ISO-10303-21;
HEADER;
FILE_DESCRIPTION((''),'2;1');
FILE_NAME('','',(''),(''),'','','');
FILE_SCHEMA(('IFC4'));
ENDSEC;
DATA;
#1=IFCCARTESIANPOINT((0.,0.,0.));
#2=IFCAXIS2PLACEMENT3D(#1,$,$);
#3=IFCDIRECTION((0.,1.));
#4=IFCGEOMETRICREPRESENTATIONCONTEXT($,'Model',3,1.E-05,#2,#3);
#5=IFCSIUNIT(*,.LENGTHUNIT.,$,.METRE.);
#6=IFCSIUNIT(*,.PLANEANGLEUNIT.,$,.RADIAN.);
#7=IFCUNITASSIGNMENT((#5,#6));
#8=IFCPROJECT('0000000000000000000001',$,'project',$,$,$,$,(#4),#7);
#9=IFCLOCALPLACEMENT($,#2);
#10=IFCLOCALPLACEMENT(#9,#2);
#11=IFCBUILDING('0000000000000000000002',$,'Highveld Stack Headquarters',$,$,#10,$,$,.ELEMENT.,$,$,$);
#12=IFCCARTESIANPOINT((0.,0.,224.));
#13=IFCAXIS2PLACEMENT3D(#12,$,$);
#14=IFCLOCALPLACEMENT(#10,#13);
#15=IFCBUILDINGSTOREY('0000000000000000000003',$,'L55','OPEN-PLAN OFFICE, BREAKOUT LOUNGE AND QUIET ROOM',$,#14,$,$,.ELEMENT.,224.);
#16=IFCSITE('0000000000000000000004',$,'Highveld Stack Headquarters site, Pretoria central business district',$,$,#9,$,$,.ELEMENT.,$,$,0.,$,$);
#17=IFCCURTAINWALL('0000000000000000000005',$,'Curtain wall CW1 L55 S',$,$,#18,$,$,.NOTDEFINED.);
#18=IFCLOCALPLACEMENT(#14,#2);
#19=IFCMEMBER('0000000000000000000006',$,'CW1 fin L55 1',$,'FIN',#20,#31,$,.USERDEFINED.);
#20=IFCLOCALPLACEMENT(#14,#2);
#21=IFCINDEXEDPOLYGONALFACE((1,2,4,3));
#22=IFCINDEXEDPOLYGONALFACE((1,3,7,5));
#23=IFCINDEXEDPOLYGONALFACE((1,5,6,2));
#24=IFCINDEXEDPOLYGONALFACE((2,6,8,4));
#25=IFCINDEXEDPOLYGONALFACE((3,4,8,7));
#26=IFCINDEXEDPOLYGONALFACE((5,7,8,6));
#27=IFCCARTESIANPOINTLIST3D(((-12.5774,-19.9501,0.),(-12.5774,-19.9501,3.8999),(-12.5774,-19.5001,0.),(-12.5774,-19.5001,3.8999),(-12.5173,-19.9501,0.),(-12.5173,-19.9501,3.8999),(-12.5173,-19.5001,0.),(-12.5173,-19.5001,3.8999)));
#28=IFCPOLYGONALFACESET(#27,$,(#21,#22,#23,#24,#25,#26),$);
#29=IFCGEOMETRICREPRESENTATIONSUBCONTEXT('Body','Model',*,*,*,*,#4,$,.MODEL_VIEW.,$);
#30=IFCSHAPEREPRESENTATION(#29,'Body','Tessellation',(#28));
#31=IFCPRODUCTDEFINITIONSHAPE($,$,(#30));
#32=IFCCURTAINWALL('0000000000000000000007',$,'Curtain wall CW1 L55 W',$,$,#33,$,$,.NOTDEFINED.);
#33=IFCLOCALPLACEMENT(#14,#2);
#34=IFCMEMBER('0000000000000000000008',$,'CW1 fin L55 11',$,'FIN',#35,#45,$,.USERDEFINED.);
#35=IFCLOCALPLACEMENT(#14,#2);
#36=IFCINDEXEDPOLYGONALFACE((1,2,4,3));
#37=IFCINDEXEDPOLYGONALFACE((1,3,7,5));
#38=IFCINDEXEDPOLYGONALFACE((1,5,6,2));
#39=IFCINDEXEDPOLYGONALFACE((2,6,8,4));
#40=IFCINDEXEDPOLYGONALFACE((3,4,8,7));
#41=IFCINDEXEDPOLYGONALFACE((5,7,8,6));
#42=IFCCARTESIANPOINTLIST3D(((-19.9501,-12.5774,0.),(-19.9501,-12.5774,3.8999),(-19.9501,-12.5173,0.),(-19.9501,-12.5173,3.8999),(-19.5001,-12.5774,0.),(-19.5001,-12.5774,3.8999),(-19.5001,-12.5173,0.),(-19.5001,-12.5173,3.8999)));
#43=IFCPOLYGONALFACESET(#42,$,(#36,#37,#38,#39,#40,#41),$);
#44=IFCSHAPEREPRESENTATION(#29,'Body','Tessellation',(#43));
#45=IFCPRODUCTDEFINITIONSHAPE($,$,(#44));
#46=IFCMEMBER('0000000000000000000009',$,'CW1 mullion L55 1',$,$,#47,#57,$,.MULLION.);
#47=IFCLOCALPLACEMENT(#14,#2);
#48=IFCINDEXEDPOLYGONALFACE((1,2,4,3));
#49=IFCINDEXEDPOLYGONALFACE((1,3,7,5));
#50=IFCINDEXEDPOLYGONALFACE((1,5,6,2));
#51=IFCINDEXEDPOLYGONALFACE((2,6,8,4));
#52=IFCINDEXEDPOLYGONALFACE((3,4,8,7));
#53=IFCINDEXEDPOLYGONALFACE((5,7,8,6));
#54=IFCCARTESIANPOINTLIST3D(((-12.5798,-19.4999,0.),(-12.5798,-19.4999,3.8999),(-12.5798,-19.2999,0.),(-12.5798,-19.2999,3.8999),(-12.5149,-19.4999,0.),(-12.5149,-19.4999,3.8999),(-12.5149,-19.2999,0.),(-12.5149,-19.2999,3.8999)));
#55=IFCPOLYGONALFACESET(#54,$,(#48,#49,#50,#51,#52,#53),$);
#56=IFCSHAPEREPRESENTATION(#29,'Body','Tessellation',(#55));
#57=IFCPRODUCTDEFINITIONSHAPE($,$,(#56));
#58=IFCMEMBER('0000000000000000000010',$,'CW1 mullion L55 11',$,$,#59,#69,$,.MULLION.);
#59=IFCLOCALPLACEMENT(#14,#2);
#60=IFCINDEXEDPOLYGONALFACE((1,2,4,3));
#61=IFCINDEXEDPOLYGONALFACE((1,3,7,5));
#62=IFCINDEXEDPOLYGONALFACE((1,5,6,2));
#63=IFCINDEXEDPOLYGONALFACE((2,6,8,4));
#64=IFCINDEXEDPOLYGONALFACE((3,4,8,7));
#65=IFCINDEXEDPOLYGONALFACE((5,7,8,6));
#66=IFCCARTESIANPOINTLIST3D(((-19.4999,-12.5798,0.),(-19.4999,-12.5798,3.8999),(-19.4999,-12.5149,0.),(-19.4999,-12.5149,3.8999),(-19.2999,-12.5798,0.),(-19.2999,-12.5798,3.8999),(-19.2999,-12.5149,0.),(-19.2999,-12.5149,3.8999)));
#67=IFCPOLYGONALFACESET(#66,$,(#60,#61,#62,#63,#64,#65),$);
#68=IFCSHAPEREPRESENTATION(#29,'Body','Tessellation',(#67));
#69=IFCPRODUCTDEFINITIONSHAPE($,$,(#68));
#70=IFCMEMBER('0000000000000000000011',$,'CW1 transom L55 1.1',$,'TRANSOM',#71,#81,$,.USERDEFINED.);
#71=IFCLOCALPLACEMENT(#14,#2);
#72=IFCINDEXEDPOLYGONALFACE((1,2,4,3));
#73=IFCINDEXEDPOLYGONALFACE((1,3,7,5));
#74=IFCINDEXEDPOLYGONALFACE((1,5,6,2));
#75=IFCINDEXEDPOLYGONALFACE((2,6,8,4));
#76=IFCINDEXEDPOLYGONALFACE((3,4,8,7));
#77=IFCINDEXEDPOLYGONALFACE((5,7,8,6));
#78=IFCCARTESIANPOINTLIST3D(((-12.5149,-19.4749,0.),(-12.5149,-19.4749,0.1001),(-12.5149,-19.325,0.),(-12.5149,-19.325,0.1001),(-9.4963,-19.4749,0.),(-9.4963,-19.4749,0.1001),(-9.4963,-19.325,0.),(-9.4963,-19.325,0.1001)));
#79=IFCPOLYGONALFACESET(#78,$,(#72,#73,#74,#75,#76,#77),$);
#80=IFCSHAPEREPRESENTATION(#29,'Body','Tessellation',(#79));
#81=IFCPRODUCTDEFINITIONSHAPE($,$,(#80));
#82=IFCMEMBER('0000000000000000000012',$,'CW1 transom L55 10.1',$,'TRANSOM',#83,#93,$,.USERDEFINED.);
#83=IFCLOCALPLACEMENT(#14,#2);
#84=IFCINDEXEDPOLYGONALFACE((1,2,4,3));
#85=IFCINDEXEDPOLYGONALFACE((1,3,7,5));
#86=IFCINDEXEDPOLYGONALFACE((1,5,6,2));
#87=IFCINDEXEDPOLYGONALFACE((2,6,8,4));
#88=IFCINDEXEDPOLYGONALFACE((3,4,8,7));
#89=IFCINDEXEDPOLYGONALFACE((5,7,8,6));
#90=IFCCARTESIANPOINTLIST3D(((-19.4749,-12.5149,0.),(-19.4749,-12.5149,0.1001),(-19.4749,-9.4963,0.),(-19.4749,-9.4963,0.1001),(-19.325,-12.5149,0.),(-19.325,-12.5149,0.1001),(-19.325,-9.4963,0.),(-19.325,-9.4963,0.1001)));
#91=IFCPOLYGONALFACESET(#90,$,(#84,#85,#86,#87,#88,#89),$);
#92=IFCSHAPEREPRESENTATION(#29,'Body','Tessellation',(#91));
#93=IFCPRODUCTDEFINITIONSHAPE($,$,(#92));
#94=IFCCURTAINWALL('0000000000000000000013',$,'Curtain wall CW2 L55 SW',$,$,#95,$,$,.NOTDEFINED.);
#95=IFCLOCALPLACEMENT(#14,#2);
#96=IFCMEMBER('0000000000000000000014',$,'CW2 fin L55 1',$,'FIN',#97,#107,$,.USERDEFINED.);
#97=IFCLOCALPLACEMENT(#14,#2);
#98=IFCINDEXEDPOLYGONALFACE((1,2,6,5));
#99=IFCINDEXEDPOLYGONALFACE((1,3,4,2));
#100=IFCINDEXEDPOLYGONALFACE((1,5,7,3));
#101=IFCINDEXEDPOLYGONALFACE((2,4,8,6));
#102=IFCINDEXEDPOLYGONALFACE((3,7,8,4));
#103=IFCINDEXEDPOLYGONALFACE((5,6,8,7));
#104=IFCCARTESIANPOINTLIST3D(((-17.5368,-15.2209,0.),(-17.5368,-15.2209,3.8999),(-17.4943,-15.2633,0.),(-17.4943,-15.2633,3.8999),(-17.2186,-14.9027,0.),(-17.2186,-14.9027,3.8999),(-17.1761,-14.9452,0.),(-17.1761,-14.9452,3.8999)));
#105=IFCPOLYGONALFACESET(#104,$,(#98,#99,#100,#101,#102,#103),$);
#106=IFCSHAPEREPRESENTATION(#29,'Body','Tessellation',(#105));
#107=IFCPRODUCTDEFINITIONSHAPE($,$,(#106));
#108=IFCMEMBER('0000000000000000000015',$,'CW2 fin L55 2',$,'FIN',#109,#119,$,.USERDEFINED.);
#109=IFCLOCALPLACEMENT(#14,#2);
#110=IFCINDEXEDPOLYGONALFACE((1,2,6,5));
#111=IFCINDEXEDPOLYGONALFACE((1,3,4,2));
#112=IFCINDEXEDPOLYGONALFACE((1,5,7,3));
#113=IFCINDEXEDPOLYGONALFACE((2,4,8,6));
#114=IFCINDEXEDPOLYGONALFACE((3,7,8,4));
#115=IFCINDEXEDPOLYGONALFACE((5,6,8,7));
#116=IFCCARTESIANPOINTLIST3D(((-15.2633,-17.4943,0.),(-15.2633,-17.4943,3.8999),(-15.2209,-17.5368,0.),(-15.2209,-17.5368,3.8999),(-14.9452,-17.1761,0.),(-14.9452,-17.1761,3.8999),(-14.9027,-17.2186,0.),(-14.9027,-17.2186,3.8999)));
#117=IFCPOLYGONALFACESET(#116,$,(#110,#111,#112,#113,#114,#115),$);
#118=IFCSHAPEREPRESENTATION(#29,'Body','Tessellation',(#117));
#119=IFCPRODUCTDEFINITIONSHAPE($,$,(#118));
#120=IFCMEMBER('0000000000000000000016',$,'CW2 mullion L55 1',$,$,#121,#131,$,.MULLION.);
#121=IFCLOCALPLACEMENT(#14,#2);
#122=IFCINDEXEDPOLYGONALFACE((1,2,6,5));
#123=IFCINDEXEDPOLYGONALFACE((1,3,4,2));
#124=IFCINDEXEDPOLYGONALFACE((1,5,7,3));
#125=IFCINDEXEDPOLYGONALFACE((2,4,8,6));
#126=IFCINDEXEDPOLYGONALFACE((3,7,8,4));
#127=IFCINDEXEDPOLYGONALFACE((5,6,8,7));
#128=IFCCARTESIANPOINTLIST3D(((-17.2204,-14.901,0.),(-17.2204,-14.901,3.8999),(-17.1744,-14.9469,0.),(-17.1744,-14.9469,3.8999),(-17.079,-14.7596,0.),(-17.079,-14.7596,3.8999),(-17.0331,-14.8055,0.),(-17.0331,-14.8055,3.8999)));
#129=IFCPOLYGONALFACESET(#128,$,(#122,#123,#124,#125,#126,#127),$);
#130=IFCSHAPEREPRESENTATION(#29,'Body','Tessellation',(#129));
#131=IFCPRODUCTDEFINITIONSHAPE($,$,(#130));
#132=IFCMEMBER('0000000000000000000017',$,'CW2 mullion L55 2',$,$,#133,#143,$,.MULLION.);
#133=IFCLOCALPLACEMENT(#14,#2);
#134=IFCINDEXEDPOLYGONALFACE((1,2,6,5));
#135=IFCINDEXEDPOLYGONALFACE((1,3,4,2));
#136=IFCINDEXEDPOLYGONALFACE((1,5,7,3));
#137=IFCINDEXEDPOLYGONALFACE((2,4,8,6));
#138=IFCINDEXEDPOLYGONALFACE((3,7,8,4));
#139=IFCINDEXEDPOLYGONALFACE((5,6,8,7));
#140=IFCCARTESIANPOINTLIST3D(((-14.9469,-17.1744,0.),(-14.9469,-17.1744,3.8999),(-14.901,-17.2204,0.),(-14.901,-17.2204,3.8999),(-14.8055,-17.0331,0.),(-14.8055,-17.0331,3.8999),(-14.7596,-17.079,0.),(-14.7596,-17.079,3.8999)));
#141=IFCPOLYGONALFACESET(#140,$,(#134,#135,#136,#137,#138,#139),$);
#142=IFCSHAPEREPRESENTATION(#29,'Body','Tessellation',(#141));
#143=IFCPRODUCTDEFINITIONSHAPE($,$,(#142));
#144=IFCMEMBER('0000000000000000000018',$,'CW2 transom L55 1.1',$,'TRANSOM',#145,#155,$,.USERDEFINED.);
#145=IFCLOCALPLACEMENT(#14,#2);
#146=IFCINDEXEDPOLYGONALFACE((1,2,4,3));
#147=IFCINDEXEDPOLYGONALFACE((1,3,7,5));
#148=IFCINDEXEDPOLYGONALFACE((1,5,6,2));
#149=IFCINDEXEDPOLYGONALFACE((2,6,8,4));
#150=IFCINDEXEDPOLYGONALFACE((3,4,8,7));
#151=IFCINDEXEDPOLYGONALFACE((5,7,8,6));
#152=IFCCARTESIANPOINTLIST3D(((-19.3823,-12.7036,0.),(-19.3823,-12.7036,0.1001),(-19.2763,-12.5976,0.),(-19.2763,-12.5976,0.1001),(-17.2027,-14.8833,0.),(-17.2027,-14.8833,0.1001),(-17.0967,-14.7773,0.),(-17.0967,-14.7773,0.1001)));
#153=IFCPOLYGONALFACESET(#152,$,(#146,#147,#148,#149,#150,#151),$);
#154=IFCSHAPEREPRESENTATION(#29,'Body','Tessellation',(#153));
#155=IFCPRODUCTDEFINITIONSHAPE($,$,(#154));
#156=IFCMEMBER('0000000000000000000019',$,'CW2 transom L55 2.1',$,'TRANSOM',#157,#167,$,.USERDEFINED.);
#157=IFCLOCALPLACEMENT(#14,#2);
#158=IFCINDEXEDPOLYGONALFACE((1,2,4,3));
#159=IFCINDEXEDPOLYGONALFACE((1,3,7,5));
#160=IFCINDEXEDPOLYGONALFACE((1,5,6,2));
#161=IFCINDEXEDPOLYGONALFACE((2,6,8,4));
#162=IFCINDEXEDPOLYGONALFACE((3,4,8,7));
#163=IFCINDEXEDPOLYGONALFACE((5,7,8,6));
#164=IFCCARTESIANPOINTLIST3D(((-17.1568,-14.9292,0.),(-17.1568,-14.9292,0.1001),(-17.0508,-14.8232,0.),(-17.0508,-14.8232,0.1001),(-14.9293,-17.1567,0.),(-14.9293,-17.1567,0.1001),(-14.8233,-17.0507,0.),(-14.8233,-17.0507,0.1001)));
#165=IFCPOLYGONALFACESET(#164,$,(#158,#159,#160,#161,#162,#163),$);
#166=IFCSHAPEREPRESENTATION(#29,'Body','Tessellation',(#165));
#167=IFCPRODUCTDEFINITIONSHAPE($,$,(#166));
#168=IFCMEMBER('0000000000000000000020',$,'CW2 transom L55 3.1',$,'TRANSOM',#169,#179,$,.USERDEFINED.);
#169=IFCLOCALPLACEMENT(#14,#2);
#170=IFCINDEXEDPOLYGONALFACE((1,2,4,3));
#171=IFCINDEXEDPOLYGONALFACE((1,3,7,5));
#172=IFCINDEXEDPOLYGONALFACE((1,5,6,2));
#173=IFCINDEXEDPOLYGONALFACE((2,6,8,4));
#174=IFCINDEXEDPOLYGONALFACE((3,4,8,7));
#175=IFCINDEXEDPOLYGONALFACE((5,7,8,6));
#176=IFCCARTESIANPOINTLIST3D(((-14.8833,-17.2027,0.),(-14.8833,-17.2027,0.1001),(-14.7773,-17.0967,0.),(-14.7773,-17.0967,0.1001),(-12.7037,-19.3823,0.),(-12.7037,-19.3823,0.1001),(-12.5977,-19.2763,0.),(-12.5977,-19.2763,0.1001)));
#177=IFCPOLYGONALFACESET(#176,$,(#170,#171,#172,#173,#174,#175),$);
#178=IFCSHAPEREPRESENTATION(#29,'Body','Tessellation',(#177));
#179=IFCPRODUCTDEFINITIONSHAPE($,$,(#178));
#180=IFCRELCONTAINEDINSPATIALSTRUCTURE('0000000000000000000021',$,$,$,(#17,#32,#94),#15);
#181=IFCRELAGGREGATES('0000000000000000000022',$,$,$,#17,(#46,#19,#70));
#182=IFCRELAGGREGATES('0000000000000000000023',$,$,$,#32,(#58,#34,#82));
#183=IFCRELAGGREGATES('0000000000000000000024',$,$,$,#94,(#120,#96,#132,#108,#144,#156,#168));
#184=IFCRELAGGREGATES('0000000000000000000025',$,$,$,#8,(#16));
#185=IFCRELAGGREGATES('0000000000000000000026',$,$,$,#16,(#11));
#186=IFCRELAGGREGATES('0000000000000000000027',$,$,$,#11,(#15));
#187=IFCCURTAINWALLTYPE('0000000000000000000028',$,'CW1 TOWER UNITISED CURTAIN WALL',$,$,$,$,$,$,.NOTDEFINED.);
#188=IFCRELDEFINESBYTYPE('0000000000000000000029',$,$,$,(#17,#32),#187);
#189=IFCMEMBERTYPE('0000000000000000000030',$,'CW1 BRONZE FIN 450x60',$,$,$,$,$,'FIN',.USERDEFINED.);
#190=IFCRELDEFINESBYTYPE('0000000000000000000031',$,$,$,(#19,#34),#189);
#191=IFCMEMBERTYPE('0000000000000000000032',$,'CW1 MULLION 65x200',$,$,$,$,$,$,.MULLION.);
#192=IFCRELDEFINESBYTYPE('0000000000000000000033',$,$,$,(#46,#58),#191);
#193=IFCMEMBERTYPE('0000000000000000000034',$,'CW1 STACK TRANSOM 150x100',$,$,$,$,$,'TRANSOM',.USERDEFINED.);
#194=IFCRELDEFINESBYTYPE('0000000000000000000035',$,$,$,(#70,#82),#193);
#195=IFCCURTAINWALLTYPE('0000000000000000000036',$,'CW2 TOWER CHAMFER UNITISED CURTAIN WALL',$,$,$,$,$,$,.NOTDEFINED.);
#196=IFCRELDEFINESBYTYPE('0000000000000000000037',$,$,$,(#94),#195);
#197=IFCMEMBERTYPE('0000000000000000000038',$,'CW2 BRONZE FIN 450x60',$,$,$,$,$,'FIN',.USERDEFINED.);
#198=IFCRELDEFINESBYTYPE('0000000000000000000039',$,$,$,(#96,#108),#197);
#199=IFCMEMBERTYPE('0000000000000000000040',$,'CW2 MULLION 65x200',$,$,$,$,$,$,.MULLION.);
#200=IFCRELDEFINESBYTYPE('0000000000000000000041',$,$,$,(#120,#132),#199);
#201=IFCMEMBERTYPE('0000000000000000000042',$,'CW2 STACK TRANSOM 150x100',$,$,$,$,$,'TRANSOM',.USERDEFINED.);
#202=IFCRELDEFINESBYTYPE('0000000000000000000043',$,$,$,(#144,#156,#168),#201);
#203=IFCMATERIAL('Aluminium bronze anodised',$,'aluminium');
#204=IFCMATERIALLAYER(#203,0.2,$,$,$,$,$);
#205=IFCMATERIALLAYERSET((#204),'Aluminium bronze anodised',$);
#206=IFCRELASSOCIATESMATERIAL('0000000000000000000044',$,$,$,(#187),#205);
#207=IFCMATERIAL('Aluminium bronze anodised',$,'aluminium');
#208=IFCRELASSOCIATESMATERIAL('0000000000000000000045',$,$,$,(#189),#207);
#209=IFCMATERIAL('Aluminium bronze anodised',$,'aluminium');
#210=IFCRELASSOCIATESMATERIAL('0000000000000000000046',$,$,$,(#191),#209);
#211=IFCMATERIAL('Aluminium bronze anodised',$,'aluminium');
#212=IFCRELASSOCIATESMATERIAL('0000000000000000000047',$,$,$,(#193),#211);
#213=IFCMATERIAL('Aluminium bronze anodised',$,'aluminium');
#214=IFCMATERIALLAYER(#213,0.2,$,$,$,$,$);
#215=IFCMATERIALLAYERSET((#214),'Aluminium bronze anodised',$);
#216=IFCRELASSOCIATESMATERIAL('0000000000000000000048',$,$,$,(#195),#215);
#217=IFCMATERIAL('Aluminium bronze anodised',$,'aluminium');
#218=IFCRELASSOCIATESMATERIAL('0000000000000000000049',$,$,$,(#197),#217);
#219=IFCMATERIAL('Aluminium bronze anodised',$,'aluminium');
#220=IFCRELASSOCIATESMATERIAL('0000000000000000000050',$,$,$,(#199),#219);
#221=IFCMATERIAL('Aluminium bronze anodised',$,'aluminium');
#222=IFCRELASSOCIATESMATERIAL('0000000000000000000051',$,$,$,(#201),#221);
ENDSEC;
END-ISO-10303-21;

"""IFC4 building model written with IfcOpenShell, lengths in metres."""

from ifc_helpers import new_model, si_unit, direction, frame, origin, origin_2d, place, context, subcontext, project, spatial, rectangle, extrude, material, layer, layer_set, material_profile, profile_set, type_object, element, aggregate, save


model = new_model("IFC4")

# Units and contexts
model_context = context("Model", 3, precision=1e-05, world=origin(), true_north=direction((0.0, 1.0)))
body_context = subcontext(model_context, "Body", "Model", "MODEL_VIEW")
ifc_project = project(units=[si_unit("LENGTHUNIT", "METRE"), si_unit("PLANEANGLEUNIT", "RADIAN")], contexts=[model_context])

# Site, building, storey
site_placement = place(None, origin())
site = spatial("IfcSite", under=ifc_project, at=site_placement, Name="Highveld Stack Headquarters site, Pretoria central business district", CompositionType="ELEMENT", RefElevation=0.0)
building_placement = place(site_placement, origin())
building = spatial("IfcBuilding", under=site, at=building_placement, Name="Highveld Stack Headquarters", CompositionType="ELEMENT")
storey_placement = place(building_placement, frame((0.0, 0.0, 224.0)))
storey = spatial("IfcBuildingStorey", under=building, at=storey_placement, Name="L55", Description="OPEN-PLAN OFFICE, BREAKOUT LOUNGE AND QUIET ROOM", CompositionType="ELEMENT", Elevation=224.0)

# Curtain walls, members
ifc_material_1 = material(Name="Aluminium bronze anodised", Category="aluminium")
ifc_layer_1 = layer(ifc_material_1, 0.2)
ifc_layer_set_1 = layer_set([ifc_layer_1], Name="Aluminium bronze anodised")
curtain_wall_type_1 = type_object("IfcCurtainWallType", Name="CW1 TOWER UNITISED CURTAIN WALL", PredefinedType="NOTDEFINED", material=ifc_layer_set_1)
curtain_wall_1_placement = place(storey_placement, origin())
curtain_wall_1 = element("IfcCurtainWall", 1, at=curtain_wall_1_placement, inside=storey, type_object=curtain_wall_type_1, Name="Curtain wall CW1 L55 S", PredefinedType="NOTDEFINED")
ifc_material_2 = material(Name="Aluminium bronze anodised", Category="aluminium")
ifc_material_profile_1 = material_profile(ifc_material_2, rectangle(XDim=0.45, YDim=0.0601, at=origin_2d()), Name="FIN 450x60")
ifc_profile_set_1 = profile_set([ifc_material_profile_1], Name="Aluminium bronze anodised")
member_type_1 = type_object("IfcMemberType", Name="CW1 BRONZE FIN 450x60", ElementType="FIN", PredefinedType="USERDEFINED", material=ifc_profile_set_1)
member_1_placement = place(storey_placement, frame((-12.5474, -19.7251, 0.0), z_axis=(0.0, 0.0, 1.0), x_axis=(0.0, 1.0, 0.0)))
member_1 = element("IfcMember", 2, at=member_1_placement, type_object=member_type_1, Name="CW1 fin L55 1", ObjectType="FIN", PredefinedType="USERDEFINED", context=body_context, shape_type="SweptSolid", body=[
    extrude(rectangle(XDim=0.45, YDim=0.0601, at=origin_2d()), origin(), (0.0, 0.0, 1.0), 3.8999),
])
curtain_wall_2_placement = place(storey_placement, origin())
curtain_wall_2 = element("IfcCurtainWall", 3, at=curtain_wall_2_placement, inside=storey, type_object=curtain_wall_type_1, Name="Curtain wall CW1 L55 W", PredefinedType="NOTDEFINED")
member_2_placement = place(storey_placement, frame((-19.7251, -12.5474, 0.0), z_axis=(0.0, 0.0, 1.0), x_axis=(1.0, 0.0, 0.0)))
member_2 = element("IfcMember", 4, at=member_2_placement, type_object=member_type_1, Name="CW1 fin L55 11", ObjectType="FIN", PredefinedType="USERDEFINED", context=body_context, shape_type="SweptSolid", body=[
    extrude(rectangle(XDim=0.45, YDim=0.0601, at=origin_2d()), origin(), (0.0, 0.0, 1.0), 3.8999),
])

# Members
ifc_material_3 = material(Name="Aluminium bronze anodised", Category="aluminium")
ifc_material_profile_2 = material_profile(ifc_material_3, rectangle(XDim=0.2, YDim=0.0649, at=origin_2d()), Name="CW1 MULLION 65x200")
ifc_profile_set_2 = profile_set([ifc_material_profile_2], Name="Aluminium bronze anodised")
member_type_2 = type_object("IfcMemberType", Name="CW1 MULLION 65x200", PredefinedType="MULLION", material=ifc_profile_set_2)
member_3_placement = place(storey_placement, frame((-12.5474, -19.3999, 0.0), z_axis=(0.0, 0.0, 1.0), x_axis=(0.0, 1.0, 0.0)))
member_3 = element("IfcMember", 5, at=member_3_placement, type_object=member_type_2, Name="CW1 mullion L55 1", PredefinedType="MULLION", context=body_context, shape_type="SweptSolid", body=[
    extrude(rectangle(XDim=0.2, YDim=0.0649, at=origin_2d()), origin(), (0.0, 0.0, 1.0), 3.8999),
])
member_4_placement = place(storey_placement, frame((-19.3999, -12.5474, 0.0), z_axis=(0.0, 0.0, 1.0), x_axis=(1.0, 0.0, 0.0)))
member_4 = element("IfcMember", 6, at=member_4_placement, type_object=member_type_2, Name="CW1 mullion L55 11", PredefinedType="MULLION", context=body_context, shape_type="SweptSolid", body=[
    extrude(rectangle(XDim=0.2, YDim=0.0649, at=origin_2d()), origin(), (0.0, 0.0, 1.0), 3.8999),
])
ifc_material_4 = material(Name="Aluminium bronze anodised", Category="aluminium")
ifc_material_profile_3 = material_profile(ifc_material_4, rectangle(XDim=0.1499, YDim=0.1001, at=origin_2d()), Name="CW1 TRANSOM 150x100")
ifc_profile_set_3 = profile_set([ifc_material_profile_3], Name="Aluminium bronze anodised")
member_type_3 = type_object("IfcMemberType", Name="CW1 STACK TRANSOM 150x100", ElementType="TRANSOM", PredefinedType="USERDEFINED", material=ifc_profile_set_3)
member_5_placement = place(storey_placement, frame((-12.5149, -19.3999, 0.05), z_axis=(1.0, 0.0, 0.0), x_axis=(0.0, 1.0, 0.0)))
member_5 = element("IfcMember", 7, at=member_5_placement, type_object=member_type_3, Name="CW1 transom L55 1.1", ObjectType="TRANSOM", PredefinedType="USERDEFINED", context=body_context, shape_type="SweptSolid", body=[
    extrude(rectangle(XDim=0.1499, YDim=0.1001, at=origin_2d()), origin(), (0.0, 0.0, 1.0), 3.0186),
])
aggregate(curtain_wall_1, [member_3, member_1, member_5])
member_6_placement = place(storey_placement, frame((-19.3999, -9.4963, 0.05), z_axis=(0.0, -1.0, 0.0), x_axis=(1.0, 0.0, 0.0)))
member_6 = element("IfcMember", 8, at=member_6_placement, type_object=member_type_3, Name="CW1 transom L55 10.1", ObjectType="TRANSOM", PredefinedType="USERDEFINED", context=body_context, shape_type="SweptSolid", body=[
    extrude(rectangle(XDim=0.1499, YDim=0.1001, at=origin_2d()), origin(), (0.0, 0.0, 1.0), 3.0186),
])

# Curtain wall, members
ifc_material_5 = material(Name="Aluminium bronze anodised", Category="aluminium")
ifc_layer_2 = layer(ifc_material_5, 0.2)
ifc_layer_set_2 = layer_set([ifc_layer_2], Name="Aluminium bronze anodised")
curtain_wall_type_2 = type_object("IfcCurtainWallType", Name="CW2 TOWER CHAMFER UNITISED CURTAIN WALL", PredefinedType="NOTDEFINED", material=ifc_layer_set_2)
curtain_wall_3_placement = place(storey_placement, origin())
curtain_wall_3 = element("IfcCurtainWall", 9, at=curtain_wall_3_placement, inside=storey, type_object=curtain_wall_type_2, Name="Curtain wall CW2 L55 SW", PredefinedType="NOTDEFINED")
ifc_material_6 = material(Name="Aluminium bronze anodised", Category="aluminium")
ifc_material_profile_4 = material_profile(ifc_material_6, rectangle(XDim=0.45, YDim=0.0601, at=origin_2d()), Name="FIN 450x60")
ifc_profile_set_4 = profile_set([ifc_material_profile_4], Name="Aluminium bronze anodised")
member_type_4 = type_object("IfcMemberType", Name="CW2 BRONZE FIN 450x60", ElementType="FIN", PredefinedType="USERDEFINED", material=ifc_profile_set_4)
member_7_placement = place(storey_placement, frame((-17.3564, -15.083, 0.0), z_axis=(0.0, 0.0, 1.0), x_axis=(0.707107, 0.707107, 0.0)))
member_7 = element("IfcMember", 10, at=member_7_placement, type_object=member_type_4, Name="CW2 fin L55 1", ObjectType="FIN", PredefinedType="USERDEFINED", context=body_context, shape_type="SweptSolid", body=[
    extrude(rectangle(XDim=0.45, YDim=0.0601, at=origin_2d()), origin(), (0.0, 0.0, 1.0), 3.8999),
])
member_8_placement = place(storey_placement, frame((-15.083, -17.3564, 0.0), z_axis=(0.0, 0.0, 1.0), x_axis=(0.707107, 0.707107, 0.0)))
member_8 = element("IfcMember", 11, at=member_8_placement, type_object=member_type_4, Name="CW2 fin L55 2", ObjectType="FIN", PredefinedType="USERDEFINED", context=body_context, shape_type="SweptSolid", body=[
    extrude(rectangle(XDim=0.45, YDim=0.0601, at=origin_2d()), origin(), (0.0, 0.0, 1.0), 3.8999),
])
ifc_material_7 = material(Name="Aluminium bronze anodised", Category="aluminium")
ifc_material_profile_5 = material_profile(ifc_material_7, rectangle(XDim=0.2, YDim=0.0649, at=origin_2d()), Name="CW2 MULLION 65x200")
ifc_profile_set_5 = profile_set([ifc_material_profile_5], Name="Aluminium bronze anodised")
member_type_5 = type_object("IfcMemberType", Name="CW2 MULLION 65x200", PredefinedType="MULLION", material=ifc_profile_set_5)
member_9_placement = place(storey_placement, frame((-17.1267, -14.8533, 0.0), z_axis=(0.0, 0.0, 1.0), x_axis=(0.707107, 0.707107, 0.0)))
member_9 = element("IfcMember", 12, at=member_9_placement, type_object=member_type_5, Name="CW2 mullion L55 1", PredefinedType="MULLION", context=body_context, shape_type="SweptSolid", body=[
    extrude(rectangle(XDim=0.2, YDim=0.0649, at=origin_2d()), origin(), (0.0, 0.0, 1.0), 3.8999),
])
member_10_placement = place(storey_placement, frame((-14.8533, -17.1267, 0.0), z_axis=(0.0, 0.0, 1.0), x_axis=(0.707107, 0.707107, 0.0)))
member_10 = element("IfcMember", 13, at=member_10_placement, type_object=member_type_5, Name="CW2 mullion L55 2", PredefinedType="MULLION", context=body_context, shape_type="SweptSolid", body=[
    extrude(rectangle(XDim=0.2, YDim=0.0649, at=origin_2d()), origin(), (0.0, 0.0, 1.0), 3.8999),
])
ifc_material_8 = material(Name="Aluminium bronze anodised", Category="aluminium")
ifc_material_profile_6 = material_profile(ifc_material_8, rectangle(XDim=0.1499, YDim=0.1001, at=origin_2d()), Name="CW2 TRANSOM 150x100")
ifc_profile_set_6 = profile_set([ifc_material_profile_6], Name="Aluminium bronze anodised")
member_type_6 = type_object("IfcMemberType", Name="CW2 STACK TRANSOM 150x100", ElementType="TRANSOM", PredefinedType="USERDEFINED", material=ifc_profile_set_6)
member_11_placement = place(storey_placement, frame((-19.3293, -12.6506, 0.05), z_axis=(0.707107, -0.707107, 0.0), x_axis=(0.707107, 0.707107, 0.0)))
member_11 = element("IfcMember", 14, at=member_11_placement, type_object=member_type_6, Name="CW2 transom L55 1.1", ObjectType="TRANSOM", PredefinedType="USERDEFINED", context=body_context, shape_type="SweptSolid", body=[
    extrude(rectangle(XDim=0.1499, YDim=0.1001, at=origin_2d()), origin(), (0.0, 0.0, 1.0), 3.0825),
])
member_12_placement = place(storey_placement, frame((-17.1038, -14.8762, 0.05), z_axis=(0.707107, -0.707107, 0.0), x_axis=(0.707107, 0.707107, 0.0)))
member_12 = element("IfcMember", 15, at=member_12_placement, type_object=member_type_6, Name="CW2 transom L55 2.1", ObjectType="TRANSOM", PredefinedType="USERDEFINED", context=body_context, shape_type="SweptSolid", body=[
    extrude(rectangle(XDim=0.1499, YDim=0.1001, at=origin_2d()), origin(), (0.0, 0.0, 1.0), 3.1501),
])
member_13_placement = place(storey_placement, frame((-14.8303, -17.1497, 0.05), z_axis=(0.707107, -0.707107, 0.0), x_axis=(0.707107, 0.707107, 0.0)))
member_13 = element("IfcMember", 16, at=member_13_placement, type_object=member_type_6, Name="CW2 transom L55 3.1", ObjectType="TRANSOM", PredefinedType="USERDEFINED", context=body_context, shape_type="SweptSolid", body=[
    extrude(rectangle(XDim=0.1499, YDim=0.1001, at=origin_2d()), origin(), (0.0, 0.0, 1.0), 3.0825),
])

aggregate(curtain_wall_2, [member_4, member_2, member_6])
aggregate(curtain_wall_3, [member_9, member_7, member_10, member_8, member_11, member_12, member_13])

save(model, "model.ifc")
